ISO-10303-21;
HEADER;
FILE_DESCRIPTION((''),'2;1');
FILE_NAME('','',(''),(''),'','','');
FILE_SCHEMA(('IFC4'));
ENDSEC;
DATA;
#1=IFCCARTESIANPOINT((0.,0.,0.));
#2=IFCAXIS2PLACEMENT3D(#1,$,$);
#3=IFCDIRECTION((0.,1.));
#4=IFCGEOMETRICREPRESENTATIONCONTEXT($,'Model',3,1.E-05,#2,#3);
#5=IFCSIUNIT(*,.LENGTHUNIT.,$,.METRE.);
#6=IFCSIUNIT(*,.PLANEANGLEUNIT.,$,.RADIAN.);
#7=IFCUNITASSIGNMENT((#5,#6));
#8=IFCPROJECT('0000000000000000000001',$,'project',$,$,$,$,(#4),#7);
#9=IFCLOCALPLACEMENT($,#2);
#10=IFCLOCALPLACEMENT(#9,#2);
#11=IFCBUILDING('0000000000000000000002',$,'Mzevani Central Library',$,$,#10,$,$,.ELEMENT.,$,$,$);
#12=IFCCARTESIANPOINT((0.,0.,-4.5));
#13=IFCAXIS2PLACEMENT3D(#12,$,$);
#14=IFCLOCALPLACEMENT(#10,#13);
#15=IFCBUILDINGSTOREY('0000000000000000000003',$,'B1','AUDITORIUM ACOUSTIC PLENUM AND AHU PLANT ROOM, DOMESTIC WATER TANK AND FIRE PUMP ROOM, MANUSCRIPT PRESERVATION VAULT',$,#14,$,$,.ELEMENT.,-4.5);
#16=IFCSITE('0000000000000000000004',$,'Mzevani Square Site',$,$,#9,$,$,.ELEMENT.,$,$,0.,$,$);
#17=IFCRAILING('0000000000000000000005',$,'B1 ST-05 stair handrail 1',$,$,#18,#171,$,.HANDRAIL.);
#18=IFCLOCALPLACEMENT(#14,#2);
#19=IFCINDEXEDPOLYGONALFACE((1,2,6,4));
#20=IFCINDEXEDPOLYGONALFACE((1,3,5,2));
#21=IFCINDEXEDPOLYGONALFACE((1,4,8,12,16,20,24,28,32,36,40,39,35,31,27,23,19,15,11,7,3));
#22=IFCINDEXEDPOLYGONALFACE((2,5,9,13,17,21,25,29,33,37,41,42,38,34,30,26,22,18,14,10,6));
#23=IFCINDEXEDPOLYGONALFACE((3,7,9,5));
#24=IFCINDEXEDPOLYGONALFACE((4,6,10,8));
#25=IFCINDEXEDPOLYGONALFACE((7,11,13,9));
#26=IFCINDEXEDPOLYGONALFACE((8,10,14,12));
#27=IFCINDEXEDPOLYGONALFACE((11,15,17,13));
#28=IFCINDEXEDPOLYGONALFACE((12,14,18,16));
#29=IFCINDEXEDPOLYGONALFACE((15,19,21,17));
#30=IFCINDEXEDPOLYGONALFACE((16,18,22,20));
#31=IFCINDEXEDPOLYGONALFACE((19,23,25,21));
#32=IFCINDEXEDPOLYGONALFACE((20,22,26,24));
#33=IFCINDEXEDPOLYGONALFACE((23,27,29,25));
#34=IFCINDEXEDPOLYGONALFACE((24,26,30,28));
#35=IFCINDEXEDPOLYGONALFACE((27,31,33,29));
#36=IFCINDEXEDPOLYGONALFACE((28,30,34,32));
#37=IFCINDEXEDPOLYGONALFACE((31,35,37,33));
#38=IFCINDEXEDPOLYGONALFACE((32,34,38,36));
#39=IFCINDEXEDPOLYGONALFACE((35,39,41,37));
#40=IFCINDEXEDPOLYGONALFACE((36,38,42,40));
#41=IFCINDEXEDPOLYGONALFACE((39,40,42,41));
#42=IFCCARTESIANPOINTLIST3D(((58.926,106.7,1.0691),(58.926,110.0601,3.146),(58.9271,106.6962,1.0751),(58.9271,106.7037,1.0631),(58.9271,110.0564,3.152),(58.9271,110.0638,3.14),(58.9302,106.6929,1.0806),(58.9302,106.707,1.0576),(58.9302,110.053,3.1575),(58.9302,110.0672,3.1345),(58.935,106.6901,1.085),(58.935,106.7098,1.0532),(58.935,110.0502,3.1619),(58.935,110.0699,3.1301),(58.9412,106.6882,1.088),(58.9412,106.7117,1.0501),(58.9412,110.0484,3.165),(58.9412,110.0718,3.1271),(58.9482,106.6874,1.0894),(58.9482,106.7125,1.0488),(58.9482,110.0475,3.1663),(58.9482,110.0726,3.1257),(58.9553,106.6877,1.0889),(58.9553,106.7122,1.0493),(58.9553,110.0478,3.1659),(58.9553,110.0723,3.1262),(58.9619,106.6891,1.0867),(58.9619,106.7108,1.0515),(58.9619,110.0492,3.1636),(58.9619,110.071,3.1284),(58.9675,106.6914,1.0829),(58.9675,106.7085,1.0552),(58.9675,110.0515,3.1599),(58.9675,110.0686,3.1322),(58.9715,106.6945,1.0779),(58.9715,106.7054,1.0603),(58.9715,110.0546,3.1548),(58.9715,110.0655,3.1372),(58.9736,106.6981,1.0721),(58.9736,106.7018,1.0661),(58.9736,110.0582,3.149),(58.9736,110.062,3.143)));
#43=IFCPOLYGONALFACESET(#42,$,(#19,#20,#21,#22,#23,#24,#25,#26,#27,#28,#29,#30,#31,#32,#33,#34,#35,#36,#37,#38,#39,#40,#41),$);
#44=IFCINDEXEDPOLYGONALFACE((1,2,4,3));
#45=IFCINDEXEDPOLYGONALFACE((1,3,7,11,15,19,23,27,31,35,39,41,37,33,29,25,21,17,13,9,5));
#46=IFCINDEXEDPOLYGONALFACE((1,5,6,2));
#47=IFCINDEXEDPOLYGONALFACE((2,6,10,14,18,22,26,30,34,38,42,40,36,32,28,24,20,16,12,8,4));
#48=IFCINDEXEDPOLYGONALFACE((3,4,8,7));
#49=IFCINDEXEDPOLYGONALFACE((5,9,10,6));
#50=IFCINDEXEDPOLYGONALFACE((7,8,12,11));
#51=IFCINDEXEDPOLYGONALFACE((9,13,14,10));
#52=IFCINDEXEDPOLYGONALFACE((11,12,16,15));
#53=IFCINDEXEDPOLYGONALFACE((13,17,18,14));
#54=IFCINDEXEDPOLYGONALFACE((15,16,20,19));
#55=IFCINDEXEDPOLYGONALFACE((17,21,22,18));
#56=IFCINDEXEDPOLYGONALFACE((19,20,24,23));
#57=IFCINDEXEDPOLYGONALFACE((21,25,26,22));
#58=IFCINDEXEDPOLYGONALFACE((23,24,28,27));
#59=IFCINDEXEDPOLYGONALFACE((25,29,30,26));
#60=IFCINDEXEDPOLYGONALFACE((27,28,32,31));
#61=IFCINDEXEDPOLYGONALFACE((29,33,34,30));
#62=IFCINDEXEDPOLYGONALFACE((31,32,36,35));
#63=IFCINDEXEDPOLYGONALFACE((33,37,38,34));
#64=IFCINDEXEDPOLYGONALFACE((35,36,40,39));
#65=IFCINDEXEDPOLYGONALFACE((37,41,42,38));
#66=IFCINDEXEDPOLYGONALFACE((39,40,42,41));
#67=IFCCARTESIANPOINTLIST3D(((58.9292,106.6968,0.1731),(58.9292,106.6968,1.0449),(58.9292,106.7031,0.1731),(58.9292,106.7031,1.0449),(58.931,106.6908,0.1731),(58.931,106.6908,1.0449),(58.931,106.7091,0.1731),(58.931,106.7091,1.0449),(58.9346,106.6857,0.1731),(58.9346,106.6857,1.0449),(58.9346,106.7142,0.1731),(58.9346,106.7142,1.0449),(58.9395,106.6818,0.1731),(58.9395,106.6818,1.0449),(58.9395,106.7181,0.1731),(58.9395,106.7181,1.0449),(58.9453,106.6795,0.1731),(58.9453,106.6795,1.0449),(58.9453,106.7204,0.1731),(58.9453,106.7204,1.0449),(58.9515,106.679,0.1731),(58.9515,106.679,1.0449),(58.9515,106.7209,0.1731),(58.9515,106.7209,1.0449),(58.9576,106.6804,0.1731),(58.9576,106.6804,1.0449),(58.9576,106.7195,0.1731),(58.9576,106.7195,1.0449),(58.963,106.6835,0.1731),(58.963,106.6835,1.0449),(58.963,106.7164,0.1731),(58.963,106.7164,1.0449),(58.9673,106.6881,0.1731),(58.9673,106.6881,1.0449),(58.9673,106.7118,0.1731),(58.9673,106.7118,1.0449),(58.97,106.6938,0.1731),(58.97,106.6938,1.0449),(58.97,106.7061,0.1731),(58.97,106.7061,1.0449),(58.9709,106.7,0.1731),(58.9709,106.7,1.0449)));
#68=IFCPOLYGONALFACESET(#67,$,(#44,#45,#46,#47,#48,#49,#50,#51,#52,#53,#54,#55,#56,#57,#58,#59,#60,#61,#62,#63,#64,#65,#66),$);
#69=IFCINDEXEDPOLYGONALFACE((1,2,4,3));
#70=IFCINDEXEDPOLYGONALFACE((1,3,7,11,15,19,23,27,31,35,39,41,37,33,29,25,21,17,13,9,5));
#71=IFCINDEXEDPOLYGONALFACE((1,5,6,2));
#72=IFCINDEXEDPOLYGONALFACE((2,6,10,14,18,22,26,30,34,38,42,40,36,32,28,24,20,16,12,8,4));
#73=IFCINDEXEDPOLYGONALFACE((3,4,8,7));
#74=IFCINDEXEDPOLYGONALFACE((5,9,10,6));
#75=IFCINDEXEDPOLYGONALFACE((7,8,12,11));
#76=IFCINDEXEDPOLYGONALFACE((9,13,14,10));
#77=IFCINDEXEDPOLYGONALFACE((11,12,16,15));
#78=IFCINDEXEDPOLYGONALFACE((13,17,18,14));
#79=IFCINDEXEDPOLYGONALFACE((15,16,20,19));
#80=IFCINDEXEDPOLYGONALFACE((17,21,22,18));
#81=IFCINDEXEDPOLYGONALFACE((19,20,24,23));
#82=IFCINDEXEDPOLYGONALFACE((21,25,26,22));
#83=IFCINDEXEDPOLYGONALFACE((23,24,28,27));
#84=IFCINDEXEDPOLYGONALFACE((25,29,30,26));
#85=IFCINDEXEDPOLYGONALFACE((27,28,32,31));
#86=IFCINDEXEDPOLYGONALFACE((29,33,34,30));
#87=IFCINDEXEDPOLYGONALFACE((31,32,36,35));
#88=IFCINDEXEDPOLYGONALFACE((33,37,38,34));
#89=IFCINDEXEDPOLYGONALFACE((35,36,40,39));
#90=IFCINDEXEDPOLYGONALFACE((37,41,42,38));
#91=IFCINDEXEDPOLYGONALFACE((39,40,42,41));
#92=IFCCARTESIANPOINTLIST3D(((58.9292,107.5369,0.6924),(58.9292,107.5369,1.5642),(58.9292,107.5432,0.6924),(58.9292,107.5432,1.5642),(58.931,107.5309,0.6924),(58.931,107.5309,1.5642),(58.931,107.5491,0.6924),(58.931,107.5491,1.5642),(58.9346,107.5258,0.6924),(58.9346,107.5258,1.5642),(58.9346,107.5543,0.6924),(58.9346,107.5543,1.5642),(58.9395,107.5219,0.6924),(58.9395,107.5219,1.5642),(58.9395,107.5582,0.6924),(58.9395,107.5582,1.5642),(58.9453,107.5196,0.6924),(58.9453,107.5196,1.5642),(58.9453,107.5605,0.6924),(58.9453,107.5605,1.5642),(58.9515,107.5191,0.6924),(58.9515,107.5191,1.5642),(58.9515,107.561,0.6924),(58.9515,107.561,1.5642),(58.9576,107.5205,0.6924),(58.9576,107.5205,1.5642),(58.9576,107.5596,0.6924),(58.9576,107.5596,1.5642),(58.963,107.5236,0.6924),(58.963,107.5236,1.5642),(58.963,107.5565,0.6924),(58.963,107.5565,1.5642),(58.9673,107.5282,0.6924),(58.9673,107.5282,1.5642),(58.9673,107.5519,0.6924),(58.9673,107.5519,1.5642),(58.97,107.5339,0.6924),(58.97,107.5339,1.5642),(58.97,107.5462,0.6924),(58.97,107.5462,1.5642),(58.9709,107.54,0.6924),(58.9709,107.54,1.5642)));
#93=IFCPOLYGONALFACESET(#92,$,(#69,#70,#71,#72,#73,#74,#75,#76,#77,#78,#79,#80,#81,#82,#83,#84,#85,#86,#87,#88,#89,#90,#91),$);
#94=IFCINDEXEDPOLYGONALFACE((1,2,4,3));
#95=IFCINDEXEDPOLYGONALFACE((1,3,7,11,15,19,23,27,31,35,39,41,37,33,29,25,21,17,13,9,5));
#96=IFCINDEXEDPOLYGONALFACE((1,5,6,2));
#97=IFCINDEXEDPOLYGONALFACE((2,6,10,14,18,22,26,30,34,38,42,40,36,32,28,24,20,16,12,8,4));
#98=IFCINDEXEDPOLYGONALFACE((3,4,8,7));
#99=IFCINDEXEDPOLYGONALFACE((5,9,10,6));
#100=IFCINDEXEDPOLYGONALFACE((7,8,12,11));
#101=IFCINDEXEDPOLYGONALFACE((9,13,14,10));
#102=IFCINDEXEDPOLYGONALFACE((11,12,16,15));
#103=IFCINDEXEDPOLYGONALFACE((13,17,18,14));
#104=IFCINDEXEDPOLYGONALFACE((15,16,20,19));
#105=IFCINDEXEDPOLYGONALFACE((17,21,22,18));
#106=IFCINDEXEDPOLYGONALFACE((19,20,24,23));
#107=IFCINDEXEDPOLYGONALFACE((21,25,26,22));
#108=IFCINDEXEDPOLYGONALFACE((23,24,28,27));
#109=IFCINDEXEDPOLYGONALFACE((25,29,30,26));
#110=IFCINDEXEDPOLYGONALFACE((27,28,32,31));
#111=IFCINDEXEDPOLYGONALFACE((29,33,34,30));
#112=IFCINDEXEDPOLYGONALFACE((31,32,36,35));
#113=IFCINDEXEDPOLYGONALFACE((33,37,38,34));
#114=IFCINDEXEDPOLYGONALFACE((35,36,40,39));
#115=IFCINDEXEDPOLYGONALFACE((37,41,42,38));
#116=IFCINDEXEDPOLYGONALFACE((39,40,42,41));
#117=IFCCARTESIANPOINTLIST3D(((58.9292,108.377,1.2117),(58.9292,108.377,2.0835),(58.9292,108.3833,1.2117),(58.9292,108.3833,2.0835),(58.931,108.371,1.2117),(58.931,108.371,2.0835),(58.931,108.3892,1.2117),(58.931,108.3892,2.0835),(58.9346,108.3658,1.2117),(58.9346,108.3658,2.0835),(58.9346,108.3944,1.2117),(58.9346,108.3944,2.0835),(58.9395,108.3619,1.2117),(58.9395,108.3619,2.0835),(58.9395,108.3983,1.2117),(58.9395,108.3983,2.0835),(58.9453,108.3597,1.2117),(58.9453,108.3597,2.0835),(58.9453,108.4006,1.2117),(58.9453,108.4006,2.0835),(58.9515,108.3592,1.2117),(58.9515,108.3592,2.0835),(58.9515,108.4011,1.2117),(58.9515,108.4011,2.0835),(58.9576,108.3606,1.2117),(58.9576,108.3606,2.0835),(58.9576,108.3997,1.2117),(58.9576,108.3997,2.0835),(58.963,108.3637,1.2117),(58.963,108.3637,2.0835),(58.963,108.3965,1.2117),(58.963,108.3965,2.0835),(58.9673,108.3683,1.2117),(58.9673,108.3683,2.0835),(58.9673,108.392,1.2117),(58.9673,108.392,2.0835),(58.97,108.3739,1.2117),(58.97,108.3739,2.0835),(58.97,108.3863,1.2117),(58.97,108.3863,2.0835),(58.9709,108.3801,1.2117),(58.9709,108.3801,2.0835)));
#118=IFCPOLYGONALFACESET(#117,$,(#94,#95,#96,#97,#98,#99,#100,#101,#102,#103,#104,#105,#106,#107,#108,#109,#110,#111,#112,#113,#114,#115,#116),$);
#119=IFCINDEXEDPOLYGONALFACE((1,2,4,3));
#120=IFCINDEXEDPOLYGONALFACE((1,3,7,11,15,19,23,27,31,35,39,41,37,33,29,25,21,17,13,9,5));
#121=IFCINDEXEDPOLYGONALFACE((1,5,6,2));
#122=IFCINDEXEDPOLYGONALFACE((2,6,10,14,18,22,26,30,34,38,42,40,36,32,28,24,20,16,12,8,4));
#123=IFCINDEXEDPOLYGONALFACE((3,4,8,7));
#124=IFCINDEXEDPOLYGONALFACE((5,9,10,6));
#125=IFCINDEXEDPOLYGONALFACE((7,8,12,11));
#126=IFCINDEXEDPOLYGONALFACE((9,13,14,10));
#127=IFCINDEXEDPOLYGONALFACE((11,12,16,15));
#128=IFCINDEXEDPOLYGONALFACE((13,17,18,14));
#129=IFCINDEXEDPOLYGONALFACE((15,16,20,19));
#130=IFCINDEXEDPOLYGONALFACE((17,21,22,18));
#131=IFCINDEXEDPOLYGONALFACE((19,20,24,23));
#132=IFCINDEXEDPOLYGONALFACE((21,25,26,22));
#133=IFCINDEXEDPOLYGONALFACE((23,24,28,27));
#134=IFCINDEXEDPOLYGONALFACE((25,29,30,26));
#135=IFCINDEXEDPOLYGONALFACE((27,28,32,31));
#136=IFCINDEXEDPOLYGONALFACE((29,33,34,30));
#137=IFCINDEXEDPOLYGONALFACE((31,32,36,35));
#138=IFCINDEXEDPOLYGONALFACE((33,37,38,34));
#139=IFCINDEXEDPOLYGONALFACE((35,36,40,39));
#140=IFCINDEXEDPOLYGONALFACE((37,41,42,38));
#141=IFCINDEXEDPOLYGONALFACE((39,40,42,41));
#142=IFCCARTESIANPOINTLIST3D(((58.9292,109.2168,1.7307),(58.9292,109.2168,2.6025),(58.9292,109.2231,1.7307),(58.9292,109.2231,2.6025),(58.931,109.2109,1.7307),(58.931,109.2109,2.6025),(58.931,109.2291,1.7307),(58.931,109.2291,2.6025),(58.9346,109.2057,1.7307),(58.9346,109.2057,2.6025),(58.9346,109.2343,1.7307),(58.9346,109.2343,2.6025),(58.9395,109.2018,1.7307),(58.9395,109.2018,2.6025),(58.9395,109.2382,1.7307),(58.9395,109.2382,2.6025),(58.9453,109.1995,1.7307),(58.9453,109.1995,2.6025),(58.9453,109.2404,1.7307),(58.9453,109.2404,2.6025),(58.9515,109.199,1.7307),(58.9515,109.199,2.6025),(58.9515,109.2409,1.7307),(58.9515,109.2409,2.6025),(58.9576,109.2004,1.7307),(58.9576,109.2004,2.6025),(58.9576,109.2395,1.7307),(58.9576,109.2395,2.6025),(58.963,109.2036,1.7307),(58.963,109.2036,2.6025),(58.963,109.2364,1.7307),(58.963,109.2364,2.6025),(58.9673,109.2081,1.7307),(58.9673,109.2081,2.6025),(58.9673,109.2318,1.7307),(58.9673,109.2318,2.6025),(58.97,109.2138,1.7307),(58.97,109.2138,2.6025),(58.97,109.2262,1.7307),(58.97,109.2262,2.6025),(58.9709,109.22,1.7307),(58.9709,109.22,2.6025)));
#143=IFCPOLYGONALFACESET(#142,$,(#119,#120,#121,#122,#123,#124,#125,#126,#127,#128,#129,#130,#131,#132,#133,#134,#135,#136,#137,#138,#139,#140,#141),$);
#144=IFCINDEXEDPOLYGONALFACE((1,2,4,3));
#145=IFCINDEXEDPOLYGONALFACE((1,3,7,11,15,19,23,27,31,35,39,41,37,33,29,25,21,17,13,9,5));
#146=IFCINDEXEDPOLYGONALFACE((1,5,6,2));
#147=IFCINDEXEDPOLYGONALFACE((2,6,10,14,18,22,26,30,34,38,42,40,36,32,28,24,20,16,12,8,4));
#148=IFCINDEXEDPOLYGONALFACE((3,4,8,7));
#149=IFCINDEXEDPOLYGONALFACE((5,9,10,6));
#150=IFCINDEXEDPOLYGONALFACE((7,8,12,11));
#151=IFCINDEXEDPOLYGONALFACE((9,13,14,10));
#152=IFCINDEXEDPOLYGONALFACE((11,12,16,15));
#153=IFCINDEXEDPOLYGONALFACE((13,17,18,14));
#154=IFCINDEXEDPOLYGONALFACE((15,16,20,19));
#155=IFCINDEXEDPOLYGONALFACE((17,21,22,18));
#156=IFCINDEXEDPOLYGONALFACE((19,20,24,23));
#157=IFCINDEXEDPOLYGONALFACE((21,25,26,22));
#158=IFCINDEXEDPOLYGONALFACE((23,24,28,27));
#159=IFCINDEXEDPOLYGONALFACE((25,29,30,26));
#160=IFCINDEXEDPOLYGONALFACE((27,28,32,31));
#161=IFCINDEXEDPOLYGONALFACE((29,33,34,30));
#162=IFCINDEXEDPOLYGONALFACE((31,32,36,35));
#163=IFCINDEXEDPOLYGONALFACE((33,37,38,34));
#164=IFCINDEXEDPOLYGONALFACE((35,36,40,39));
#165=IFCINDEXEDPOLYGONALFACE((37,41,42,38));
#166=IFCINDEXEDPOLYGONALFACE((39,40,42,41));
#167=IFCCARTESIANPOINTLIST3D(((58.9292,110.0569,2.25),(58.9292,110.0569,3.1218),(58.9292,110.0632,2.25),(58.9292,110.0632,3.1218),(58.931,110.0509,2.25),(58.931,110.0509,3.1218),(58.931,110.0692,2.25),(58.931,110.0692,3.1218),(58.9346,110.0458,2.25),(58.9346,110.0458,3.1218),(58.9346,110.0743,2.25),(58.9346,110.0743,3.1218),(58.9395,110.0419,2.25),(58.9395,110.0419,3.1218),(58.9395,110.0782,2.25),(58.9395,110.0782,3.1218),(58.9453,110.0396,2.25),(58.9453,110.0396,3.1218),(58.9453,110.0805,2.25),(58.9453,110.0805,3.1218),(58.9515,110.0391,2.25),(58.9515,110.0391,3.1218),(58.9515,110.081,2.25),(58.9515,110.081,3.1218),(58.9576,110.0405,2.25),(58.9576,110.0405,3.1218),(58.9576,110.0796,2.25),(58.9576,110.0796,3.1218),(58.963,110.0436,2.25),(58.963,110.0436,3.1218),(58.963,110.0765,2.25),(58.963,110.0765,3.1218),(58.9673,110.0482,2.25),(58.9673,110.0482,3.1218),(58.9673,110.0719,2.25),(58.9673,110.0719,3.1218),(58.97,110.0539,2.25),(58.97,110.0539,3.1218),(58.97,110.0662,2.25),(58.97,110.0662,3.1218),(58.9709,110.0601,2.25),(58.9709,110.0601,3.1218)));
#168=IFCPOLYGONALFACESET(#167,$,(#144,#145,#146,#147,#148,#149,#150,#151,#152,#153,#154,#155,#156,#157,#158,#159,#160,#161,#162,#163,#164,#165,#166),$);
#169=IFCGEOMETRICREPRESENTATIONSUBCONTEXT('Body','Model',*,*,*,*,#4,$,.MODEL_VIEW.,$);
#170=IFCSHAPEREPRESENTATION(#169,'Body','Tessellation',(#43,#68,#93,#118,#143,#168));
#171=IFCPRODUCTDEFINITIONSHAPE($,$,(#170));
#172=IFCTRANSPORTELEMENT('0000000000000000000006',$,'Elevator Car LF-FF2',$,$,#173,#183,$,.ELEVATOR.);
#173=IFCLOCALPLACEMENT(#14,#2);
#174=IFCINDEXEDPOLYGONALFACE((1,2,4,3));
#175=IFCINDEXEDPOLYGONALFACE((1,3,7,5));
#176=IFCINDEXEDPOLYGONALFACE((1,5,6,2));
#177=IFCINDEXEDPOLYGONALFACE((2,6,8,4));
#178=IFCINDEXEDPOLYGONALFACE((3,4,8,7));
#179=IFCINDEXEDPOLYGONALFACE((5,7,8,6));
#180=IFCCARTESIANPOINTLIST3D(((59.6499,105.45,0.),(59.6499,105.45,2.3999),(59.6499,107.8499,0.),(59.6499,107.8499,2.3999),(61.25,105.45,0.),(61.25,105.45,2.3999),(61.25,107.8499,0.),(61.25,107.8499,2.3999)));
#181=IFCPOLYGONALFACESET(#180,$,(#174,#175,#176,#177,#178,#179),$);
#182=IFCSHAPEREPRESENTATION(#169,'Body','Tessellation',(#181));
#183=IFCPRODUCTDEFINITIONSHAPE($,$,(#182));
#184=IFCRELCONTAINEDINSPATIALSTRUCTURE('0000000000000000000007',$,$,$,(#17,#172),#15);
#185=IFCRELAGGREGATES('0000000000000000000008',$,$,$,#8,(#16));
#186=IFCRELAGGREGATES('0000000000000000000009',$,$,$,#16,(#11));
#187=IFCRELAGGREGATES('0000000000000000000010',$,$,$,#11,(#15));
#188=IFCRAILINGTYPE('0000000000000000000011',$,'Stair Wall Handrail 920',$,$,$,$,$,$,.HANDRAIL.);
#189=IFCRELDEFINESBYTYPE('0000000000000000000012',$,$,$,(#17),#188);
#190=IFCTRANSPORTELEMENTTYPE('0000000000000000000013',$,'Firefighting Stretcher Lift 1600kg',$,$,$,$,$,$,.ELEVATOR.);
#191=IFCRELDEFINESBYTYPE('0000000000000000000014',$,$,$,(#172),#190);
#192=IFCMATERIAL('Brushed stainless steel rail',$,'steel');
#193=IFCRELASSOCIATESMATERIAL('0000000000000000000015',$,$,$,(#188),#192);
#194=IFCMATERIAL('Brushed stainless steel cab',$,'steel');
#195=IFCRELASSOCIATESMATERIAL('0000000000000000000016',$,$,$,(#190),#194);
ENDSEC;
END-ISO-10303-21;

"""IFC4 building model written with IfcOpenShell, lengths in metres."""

from ifc_helpers import new_model, si_unit, direction, frame, origin, origin_2d, place, context, subcontext, project, spatial, rectangle, circle, extrude, material, type_object, element, save


model = new_model("IFC4")

# Units and contexts
model_context = context("Model", 3, precision=1e-05, world=origin(), true_north=direction((0.0, 1.0)))
body_context = subcontext(model_context, "Body", "Model", "MODEL_VIEW")
ifc_project = project(units=[si_unit("LENGTHUNIT", "METRE"), si_unit("PLANEANGLEUNIT", "RADIAN")], contexts=[model_context])

# Site, building, storey
site_placement = place(None, origin())
site = spatial("IfcSite", under=ifc_project, at=site_placement, Name="Mzevani Square Site", CompositionType="ELEMENT", RefElevation=0.0)
building_placement = place(site_placement, origin())
building = spatial("IfcBuilding", under=site, at=building_placement, Name="Mzevani Central Library", CompositionType="ELEMENT")
storey_placement = place(building_placement, frame((0.0, 0.0, -4.5)))
storey = spatial("IfcBuildingStorey", under=building, at=storey_placement, Name="B1", Description="AUDITORIUM ACOUSTIC PLENUM AND AHU PLANT ROOM, DOMESTIC WATER TANK AND FIRE PUMP ROOM, MANUSCRIPT PRESERVATION VAULT", CompositionType="ELEMENT", Elevation=-4.5)

# Railing
ifc_material_1 = material(Name="Brushed stainless steel rail", Category="steel")
railing_type = type_object("IfcRailingType", Name="Stair Wall Handrail 920", PredefinedType="HANDRAIL", material=ifc_material_1)
railing_placement = place(storey_placement, frame((58.95, 106.7, 0.1731)))
element("IfcRailing", 1, at=railing_placement, inside=storey, type_object=railing_type, Name="B1 ST-05 stair handrail 1", PredefinedType="HANDRAIL", context=body_context, shape_type="SweptSolid", body=[
    extrude(circle(Radius=0.0239, at=origin_2d()), frame((0.0, 0.0, 0.896), z_axis=(0.0, 0.850623, 0.525776), x_axis=(-1.0, 0.0, 0.0)), (0.0, 0.0, 1.0), 3.9502),
    extrude(circle(Radius=0.021, at=origin_2d()), origin(), (0.0, 0.0, 1.0), 0.8718),
    extrude(circle(Radius=0.021, at=origin_2d()), frame((0.0, 0.8401, 0.5193)), (0.0, 0.0, 1.0), 0.8718),
    extrude(circle(Radius=0.021, at=origin_2d()), frame((0.0, 1.6802, 1.0386)), (0.0, 0.0, 1.0), 0.8718),
    extrude(circle(Radius=0.021, at=origin_2d()), frame((0.0, 2.52, 1.5576)), (0.0, 0.0, 1.0), 0.8718),
    extrude(circle(Radius=0.021, at=origin_2d()), frame((0.0, 3.3601, 2.0769)), (0.0, 0.0, 1.0), 0.8718),
])

# Transport element
ifc_material_2 = material(Name="Brushed stainless steel cab", Category="steel")
transport_element_type = type_object("IfcTransportElementType", Name="Firefighting Stretcher Lift 1600kg", PredefinedType="ELEVATOR", material=ifc_material_2)
transport_element_placement = place(storey_placement, frame((60.45, 106.6499, 0.0), z_axis=(0.0, 0.0, 1.0), x_axis=(1.0, 0.0, 0.0)))
element("IfcTransportElement", 2, at=transport_element_placement, inside=storey, type_object=transport_element_type, Name="Elevator Car LF-FF2", PredefinedType="ELEVATOR", context=body_context, shape_type="SweptSolid", body=[
    extrude(rectangle(XDim=1.6001, YDim=2.3999, at=origin_2d()), origin(), (0.0, 0.0, 1.0), 2.3999),
])

save(model, "model.ifc")
